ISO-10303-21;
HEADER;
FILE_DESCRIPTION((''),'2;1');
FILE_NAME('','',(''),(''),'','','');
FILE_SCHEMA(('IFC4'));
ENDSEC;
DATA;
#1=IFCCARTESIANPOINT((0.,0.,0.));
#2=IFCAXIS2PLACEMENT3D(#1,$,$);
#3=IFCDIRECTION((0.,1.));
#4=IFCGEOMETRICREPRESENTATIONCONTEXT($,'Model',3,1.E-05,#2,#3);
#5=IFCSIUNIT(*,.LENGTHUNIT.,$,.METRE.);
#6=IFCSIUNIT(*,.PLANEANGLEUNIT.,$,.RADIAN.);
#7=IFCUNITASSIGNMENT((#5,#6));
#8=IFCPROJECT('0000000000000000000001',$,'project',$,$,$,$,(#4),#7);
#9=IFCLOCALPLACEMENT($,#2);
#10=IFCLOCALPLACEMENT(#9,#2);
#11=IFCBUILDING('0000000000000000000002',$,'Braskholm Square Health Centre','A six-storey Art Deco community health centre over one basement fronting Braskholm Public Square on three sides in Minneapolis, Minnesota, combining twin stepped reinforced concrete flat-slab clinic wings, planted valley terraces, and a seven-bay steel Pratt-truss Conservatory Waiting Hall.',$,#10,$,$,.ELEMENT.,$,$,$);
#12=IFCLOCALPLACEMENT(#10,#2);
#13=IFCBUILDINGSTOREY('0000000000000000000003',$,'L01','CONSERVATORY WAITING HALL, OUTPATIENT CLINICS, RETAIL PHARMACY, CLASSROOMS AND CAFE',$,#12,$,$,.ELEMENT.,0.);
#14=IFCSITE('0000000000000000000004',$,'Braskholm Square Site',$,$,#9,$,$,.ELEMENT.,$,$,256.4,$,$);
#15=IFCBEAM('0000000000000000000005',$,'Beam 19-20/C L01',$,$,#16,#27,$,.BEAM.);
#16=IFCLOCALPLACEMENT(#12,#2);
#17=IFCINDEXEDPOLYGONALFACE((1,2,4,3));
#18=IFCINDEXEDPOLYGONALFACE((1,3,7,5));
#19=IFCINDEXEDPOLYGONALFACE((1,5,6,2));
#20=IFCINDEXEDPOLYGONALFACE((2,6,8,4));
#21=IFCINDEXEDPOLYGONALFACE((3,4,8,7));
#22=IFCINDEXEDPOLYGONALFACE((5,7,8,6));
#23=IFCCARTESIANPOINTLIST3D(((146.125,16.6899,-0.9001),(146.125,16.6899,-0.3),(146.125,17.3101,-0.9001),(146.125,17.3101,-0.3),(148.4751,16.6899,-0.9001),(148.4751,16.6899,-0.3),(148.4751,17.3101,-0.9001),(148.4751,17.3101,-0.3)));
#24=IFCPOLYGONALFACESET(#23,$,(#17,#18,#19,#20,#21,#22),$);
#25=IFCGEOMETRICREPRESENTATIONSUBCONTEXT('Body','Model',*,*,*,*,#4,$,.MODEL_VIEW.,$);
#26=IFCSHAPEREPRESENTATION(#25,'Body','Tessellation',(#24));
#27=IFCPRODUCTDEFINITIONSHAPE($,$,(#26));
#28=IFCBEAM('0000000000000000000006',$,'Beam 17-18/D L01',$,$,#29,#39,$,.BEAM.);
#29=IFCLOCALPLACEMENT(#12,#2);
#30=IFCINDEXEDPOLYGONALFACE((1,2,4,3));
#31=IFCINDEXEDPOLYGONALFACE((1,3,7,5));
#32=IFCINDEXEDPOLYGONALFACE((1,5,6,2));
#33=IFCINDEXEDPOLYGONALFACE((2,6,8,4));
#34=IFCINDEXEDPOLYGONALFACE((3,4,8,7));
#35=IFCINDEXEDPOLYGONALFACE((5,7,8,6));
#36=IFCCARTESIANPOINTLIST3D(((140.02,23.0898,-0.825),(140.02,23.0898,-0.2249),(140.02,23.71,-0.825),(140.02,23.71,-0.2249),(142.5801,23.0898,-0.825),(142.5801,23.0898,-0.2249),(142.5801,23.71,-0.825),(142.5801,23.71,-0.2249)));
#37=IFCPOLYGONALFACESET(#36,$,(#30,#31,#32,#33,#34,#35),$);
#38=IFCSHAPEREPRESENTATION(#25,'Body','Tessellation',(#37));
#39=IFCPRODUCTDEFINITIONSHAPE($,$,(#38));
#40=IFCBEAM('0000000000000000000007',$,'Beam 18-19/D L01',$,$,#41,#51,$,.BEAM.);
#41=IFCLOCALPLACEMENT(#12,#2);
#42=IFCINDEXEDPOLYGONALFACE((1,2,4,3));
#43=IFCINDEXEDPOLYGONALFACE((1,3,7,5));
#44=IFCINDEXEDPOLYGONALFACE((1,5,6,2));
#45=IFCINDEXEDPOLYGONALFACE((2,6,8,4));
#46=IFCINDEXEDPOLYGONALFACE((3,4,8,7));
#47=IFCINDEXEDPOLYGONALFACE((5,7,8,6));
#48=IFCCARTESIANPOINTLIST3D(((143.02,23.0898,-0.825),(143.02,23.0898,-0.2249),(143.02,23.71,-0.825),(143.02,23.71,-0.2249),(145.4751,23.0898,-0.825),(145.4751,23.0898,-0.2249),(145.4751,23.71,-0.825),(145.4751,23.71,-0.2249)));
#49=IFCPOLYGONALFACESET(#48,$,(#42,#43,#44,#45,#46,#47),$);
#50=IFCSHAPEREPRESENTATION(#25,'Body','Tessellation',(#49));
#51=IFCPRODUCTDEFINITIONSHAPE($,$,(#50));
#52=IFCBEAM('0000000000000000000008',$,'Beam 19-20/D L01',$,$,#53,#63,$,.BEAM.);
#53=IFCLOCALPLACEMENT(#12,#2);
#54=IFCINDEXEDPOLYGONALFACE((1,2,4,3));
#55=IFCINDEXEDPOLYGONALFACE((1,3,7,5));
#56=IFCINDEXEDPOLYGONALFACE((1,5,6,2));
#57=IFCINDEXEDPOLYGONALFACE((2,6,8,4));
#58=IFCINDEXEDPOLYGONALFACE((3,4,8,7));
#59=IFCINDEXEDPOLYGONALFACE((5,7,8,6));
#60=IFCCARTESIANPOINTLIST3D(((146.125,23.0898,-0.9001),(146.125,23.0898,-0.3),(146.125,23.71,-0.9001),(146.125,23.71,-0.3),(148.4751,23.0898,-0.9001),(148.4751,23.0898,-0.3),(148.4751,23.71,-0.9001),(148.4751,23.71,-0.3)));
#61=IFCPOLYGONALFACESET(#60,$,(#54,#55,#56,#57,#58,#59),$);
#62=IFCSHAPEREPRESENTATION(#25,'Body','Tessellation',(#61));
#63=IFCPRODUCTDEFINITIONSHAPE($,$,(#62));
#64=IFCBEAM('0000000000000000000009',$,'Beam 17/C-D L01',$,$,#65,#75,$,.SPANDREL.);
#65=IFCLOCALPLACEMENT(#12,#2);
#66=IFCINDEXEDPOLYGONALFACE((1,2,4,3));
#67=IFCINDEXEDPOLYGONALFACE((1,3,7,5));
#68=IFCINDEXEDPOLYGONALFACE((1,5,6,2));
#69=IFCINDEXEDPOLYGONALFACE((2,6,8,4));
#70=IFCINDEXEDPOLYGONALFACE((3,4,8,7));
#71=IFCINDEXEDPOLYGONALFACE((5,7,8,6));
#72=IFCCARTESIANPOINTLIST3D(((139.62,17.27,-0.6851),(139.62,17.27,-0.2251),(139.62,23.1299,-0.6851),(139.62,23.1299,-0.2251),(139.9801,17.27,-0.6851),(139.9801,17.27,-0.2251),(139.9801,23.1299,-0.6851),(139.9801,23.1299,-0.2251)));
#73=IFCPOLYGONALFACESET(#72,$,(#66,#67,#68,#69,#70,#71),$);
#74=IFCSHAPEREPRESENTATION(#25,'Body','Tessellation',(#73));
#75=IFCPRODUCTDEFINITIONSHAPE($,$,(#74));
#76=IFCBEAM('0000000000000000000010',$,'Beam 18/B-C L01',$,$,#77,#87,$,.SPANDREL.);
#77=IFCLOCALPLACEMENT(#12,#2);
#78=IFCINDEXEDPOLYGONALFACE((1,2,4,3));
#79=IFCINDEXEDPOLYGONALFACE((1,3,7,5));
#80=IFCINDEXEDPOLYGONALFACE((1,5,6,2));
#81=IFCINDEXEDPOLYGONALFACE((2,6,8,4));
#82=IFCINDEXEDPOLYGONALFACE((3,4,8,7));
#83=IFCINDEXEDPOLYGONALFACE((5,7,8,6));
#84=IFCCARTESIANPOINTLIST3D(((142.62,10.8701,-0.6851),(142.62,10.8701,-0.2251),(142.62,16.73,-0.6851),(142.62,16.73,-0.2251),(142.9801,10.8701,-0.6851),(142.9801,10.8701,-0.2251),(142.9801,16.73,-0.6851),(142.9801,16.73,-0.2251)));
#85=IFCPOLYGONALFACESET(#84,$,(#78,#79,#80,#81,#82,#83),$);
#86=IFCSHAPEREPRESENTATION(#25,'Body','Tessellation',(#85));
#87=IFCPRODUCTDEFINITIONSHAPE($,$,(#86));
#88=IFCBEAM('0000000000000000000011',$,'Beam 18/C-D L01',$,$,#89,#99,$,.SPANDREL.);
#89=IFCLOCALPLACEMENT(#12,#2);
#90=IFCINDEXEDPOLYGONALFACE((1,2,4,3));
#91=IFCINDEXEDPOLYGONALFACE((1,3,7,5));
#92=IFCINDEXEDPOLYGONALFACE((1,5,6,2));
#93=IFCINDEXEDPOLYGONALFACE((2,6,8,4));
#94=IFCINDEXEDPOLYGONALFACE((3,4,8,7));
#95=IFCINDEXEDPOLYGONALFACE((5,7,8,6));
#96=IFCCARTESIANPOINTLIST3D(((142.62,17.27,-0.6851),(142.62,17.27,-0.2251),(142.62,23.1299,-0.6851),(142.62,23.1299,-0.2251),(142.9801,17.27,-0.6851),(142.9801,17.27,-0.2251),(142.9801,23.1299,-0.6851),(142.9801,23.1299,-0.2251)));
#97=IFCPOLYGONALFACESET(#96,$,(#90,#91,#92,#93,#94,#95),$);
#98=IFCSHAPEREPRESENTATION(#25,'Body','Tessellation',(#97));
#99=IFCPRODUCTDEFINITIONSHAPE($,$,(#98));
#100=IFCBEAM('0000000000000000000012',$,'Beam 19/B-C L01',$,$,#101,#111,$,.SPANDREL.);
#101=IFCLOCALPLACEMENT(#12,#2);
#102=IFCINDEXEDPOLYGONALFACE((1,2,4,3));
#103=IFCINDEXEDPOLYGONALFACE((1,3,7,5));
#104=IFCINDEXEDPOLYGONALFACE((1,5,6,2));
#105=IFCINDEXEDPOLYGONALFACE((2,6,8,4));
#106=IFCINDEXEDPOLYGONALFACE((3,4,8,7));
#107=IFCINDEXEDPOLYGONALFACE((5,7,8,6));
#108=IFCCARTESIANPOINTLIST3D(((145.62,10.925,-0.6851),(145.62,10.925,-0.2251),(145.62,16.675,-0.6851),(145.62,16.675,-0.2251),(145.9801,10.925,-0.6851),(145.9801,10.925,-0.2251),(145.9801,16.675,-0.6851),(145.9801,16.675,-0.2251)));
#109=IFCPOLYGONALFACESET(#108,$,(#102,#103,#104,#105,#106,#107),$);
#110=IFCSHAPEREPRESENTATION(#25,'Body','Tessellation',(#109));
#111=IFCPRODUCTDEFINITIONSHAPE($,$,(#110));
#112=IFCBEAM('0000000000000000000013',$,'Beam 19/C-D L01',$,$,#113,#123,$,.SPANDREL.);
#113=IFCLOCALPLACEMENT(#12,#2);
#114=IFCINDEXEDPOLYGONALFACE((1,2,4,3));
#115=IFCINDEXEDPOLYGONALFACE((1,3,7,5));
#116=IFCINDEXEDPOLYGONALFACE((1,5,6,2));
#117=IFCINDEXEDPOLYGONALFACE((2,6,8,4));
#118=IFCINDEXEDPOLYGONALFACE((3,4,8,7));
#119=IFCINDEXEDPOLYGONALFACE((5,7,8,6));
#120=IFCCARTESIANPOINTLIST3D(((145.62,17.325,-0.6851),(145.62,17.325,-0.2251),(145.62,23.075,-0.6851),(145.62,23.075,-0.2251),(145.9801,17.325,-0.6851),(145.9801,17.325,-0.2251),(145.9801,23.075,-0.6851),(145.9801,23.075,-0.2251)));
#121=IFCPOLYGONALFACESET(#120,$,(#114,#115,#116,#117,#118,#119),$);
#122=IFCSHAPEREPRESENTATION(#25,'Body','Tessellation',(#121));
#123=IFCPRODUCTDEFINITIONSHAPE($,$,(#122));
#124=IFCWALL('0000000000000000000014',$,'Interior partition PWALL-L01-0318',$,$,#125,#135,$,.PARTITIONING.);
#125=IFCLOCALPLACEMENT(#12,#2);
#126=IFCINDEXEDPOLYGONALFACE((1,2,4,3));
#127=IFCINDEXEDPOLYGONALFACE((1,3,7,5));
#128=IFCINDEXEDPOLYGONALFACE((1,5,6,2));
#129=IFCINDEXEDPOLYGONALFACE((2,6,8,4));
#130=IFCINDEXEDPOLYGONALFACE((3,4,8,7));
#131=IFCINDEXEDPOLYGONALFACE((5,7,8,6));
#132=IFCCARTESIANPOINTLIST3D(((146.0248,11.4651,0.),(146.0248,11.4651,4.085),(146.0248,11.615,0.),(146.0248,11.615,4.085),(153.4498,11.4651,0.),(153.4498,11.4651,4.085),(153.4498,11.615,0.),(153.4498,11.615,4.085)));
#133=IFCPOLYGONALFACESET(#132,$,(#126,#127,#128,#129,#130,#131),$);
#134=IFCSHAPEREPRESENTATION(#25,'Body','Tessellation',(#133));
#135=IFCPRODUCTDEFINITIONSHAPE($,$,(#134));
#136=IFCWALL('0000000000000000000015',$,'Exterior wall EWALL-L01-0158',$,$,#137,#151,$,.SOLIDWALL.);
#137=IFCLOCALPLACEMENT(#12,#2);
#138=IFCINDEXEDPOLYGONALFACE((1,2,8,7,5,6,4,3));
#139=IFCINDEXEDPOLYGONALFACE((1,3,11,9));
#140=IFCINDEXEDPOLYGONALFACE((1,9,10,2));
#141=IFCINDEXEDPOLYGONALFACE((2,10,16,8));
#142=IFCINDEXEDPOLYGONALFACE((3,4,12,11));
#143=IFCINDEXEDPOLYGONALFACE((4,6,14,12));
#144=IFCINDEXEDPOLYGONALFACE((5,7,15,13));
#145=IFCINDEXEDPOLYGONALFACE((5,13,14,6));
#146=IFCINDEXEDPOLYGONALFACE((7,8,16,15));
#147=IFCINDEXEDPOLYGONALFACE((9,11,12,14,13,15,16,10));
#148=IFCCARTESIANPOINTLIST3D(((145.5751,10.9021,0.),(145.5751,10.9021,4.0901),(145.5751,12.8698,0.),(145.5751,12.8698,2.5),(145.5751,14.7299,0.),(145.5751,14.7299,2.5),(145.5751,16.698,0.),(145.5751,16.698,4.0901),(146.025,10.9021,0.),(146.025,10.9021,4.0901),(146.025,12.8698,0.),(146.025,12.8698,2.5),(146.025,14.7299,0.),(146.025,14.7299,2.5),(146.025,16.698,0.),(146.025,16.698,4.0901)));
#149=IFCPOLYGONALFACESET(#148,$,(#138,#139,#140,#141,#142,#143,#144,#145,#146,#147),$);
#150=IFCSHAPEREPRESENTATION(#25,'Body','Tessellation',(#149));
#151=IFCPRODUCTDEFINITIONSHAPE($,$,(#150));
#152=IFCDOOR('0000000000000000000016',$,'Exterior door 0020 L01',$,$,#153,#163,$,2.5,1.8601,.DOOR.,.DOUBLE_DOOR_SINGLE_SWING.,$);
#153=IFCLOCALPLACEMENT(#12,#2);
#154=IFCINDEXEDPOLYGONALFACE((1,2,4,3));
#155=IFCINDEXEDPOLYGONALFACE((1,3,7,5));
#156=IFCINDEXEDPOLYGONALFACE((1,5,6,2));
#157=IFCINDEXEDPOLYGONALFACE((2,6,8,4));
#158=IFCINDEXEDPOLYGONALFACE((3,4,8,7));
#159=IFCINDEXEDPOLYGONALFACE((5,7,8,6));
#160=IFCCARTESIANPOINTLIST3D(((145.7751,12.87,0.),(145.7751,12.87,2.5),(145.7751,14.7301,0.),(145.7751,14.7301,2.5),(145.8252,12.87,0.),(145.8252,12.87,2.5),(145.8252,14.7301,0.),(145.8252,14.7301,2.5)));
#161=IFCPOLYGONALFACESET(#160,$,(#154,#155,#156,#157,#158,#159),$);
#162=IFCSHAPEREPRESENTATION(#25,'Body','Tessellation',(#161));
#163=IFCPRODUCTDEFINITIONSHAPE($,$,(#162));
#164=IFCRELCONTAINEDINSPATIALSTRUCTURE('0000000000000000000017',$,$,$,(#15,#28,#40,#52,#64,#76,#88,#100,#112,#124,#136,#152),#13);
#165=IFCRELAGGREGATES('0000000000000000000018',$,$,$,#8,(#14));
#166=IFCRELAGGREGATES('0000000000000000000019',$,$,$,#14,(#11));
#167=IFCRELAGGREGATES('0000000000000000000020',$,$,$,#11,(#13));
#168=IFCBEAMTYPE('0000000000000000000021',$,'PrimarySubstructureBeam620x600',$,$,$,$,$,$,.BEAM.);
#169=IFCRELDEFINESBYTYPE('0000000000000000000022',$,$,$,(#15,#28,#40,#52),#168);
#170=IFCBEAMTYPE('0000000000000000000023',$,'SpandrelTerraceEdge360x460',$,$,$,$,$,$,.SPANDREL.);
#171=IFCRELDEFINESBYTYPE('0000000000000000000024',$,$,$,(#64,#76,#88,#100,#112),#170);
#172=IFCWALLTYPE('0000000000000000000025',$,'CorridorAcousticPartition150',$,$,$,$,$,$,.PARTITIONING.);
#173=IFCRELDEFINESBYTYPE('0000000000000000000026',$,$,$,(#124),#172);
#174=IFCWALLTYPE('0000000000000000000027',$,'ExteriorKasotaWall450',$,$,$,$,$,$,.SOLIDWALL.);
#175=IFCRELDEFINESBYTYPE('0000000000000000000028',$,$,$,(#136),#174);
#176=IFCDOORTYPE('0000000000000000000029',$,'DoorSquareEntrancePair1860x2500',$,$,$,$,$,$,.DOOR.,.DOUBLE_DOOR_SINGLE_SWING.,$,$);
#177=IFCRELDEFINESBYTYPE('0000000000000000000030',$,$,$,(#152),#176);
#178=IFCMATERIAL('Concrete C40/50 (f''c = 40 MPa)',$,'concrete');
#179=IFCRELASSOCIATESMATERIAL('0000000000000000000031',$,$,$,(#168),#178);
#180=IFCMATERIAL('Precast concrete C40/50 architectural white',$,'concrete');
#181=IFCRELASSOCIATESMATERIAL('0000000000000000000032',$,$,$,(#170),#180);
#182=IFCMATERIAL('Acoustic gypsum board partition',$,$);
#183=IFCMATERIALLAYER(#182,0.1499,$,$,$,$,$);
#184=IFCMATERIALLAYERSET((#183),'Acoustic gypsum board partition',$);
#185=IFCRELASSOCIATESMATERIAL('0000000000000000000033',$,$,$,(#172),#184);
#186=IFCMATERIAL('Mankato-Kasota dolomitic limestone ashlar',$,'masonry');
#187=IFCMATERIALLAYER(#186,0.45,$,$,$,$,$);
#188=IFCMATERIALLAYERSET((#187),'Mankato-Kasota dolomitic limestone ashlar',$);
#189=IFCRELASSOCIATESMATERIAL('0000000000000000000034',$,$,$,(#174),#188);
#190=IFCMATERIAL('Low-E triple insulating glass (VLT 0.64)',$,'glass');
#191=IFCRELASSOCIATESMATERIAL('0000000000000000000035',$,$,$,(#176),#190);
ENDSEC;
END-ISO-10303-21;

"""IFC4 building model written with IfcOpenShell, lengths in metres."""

from ifc_helpers import new_model, si_unit, direction, frame, frame_2d, origin, origin_2d, place, context, subcontext, project, spatial, rectangle, extrude, material, layer, layer_set, material_profile, profile_set, type_object, element, fill, save


model = new_model("IFC4")

# Units and contexts
model_context = context("Model", 3, precision=1e-05, world=origin(), true_north=direction((0.0, 1.0)))
body_context = subcontext(model_context, "Body", "Model", "MODEL_VIEW")
ifc_project = project(units=[si_unit("LENGTHUNIT", "METRE"), si_unit("PLANEANGLEUNIT", "RADIAN")], contexts=[model_context])

# Site, building, storey
site_placement = place(None, origin())
site = spatial("IfcSite", under=ifc_project, at=site_placement, Name="Braskholm Square Site", CompositionType="ELEMENT", RefElevation=256.4)
building_placement = place(site_placement, origin())
building = spatial("IfcBuilding", under=site, at=building_placement, Name="Braskholm Square Health Centre", Description="A six-storey Art Deco community health centre over one basement fronting Braskholm Public Square on three sides in Minneapolis, Minnesota, combining twin stepped reinforced concrete flat-slab clinic wings, planted valley terraces, and a seven-bay steel Pratt-truss Conservatory Waiting Hall.", CompositionType="ELEMENT")
storey_placement = place(building_placement, origin())
storey = spatial("IfcBuildingStorey", under=building, at=storey_placement, Name="L01", Description="CONSERVATORY WAITING HALL, OUTPATIENT CLINICS, RETAIL PHARMACY, CLASSROOMS AND CAFE", CompositionType="ELEMENT", Elevation=0.0)

# Shared definitions
ifc_material_1 = material(Name="Concrete C40/50 (f'c = 40 MPa)", Category="concrete")
ifc_material_2 = material(Name="Precast concrete C40/50 architectural white", Category="concrete")

# Beams
ifc_material_profile_1 = material_profile(ifc_material_1, rectangle(XDim=0.6201, YDim=0.6001, at=origin_2d()), Name="RCB-620X600")
ifc_profile_set_1 = profile_set([ifc_material_profile_1], Name="Concrete C40/50 (f'c = 40 MPa)")
beam_type_1 = type_object("IfcBeamType", Name="PrimarySubstructureBeam620x600", PredefinedType="BEAM", material=ifc_profile_set_1)
beam_1_placement = place(storey_placement, frame((146.125, 17.0, -0.6001), z_axis=(1.0, 0.0, 0.0), x_axis=(0.0, 1.0, 0.0)))
element("IfcBeam", 1, at=beam_1_placement, inside=storey, type_object=beam_type_1, Name="Beam 19-20/C L01", PredefinedType="BEAM", context=body_context, shape_type="SweptSolid", body=[
    extrude(rectangle(XDim=0.6201, YDim=0.6001, at=origin_2d()), origin(), (0.0, 0.0, 1.0), 2.3501),
])
beam_2_placement = place(storey_placement, frame((140.02, 23.3999, -0.5249), z_axis=(1.0, 0.0, 0.0), x_axis=(0.0, 1.0, 0.0)))
element("IfcBeam", 2, at=beam_2_placement, inside=storey, type_object=beam_type_1, Name="Beam 17-18/D L01", PredefinedType="BEAM", context=body_context, shape_type="SweptSolid", body=[
    extrude(rectangle(XDim=0.6201, YDim=0.6001, at=origin_2d()), origin(), (0.0, 0.0, 1.0), 2.5601),
])
beam_3_placement = place(storey_placement, frame((143.02, 23.3999, -0.5249), z_axis=(1.0, 0.0, 0.0), x_axis=(0.0, 1.0, 0.0)))
element("IfcBeam", 3, at=beam_3_placement, inside=storey, type_object=beam_type_1, Name="Beam 18-19/D L01", PredefinedType="BEAM", context=body_context, shape_type="SweptSolid", body=[
    extrude(rectangle(XDim=0.6201, YDim=0.6001, at=origin_2d()), origin(), (0.0, 0.0, 1.0), 2.4551),
])
beam_4_placement = place(storey_placement, frame((146.125, 23.3999, -0.6001), z_axis=(1.0, 0.0, 0.0), x_axis=(0.0, 1.0, 0.0)))
element("IfcBeam", 4, at=beam_4_placement, inside=storey, type_object=beam_type_1, Name="Beam 19-20/D L01", PredefinedType="BEAM", context=body_context, shape_type="SweptSolid", body=[
    extrude(rectangle(XDim=0.6201, YDim=0.6001, at=origin_2d()), origin(), (0.0, 0.0, 1.0), 2.3501),
])
ifc_material_profile_2 = material_profile(ifc_material_2, rectangle(XDim=0.3601, YDim=0.46, at=origin_2d()), Name="RCB-360X460")
ifc_profile_set_2 = profile_set([ifc_material_profile_2], Name="Precast concrete C40/50 architectural white")
beam_type_2 = type_object("IfcBeamType", Name="SpandrelTerraceEdge360x460", PredefinedType="SPANDREL", material=ifc_profile_set_2)
for number, where, z_axis, x_axis, name in (
    (5, (139.8, 17.27, -0.4551), (0.0, 1.0, 0.0), (-1.0, 0.0, 0.0), "Beam 17/C-D L01"),
    (6, (142.8, 10.8701, -0.4551), (0.0, 1.0, 0.0), (-1.0, 0.0, 0.0), "Beam 18/B-C L01"),
    (7, (142.8, 17.27, -0.4551), (0.0, 1.0, 0.0), (-1.0, 0.0, 0.0), "Beam 18/C-D L01"),
):
    element("IfcBeam", number, at=place(storey_placement, frame(where, z_axis=z_axis, x_axis=x_axis)), inside=storey, type_object=beam_type_2, Name=name, PredefinedType="SPANDREL", context=body_context, shape_type="SweptSolid", body=[
        extrude(rectangle(XDim=0.3601, YDim=0.46, at=origin_2d()), origin(), (0.0, 0.0, 1.0), 5.8599),
    ])
for number, where, z_axis, x_axis, name in (
    (8, (145.8, 10.925, -0.4551), (0.0, 1.0, 0.0), (-1.0, 0.0, 0.0), "Beam 19/B-C L01"),
    (9, (145.8, 17.325, -0.4551), (0.0, 1.0, 0.0), (-1.0, 0.0, 0.0), "Beam 19/C-D L01"),
):
    element("IfcBeam", number, at=place(storey_placement, frame(where, z_axis=z_axis, x_axis=x_axis)), inside=storey, type_object=beam_type_2, Name=name, PredefinedType="SPANDREL", context=body_context, shape_type="SweptSolid", body=[
        extrude(rectangle(XDim=0.3601, YDim=0.46, at=origin_2d()), origin(), (0.0, 0.0, 1.0), 5.75),
    ])

# Wall
ifc_material_3 = material(Name="Acoustic gypsum board partition")
ifc_layer_1 = layer(ifc_material_3, 0.1499)
ifc_layer_set_1 = layer_set([ifc_layer_1], Name="Acoustic gypsum board partition")
wall_type_1 = type_object("IfcWallType", Name="CorridorAcousticPartition150", PredefinedType="PARTITIONING", material=ifc_layer_set_1)
wall_1_placement = place(storey_placement, frame((146.0249, 11.54, 0.0), z_axis=(0.0, 0.0, 1.0), x_axis=(1.0, 0.0, 0.0)))
element("IfcWall", 10, at=wall_1_placement, inside=storey, type_object=wall_type_1, Name="Interior partition PWALL-L01-0318", PredefinedType="PARTITIONING", context=body_context, shape_type="SweptSolid", body=[
    extrude(rectangle(XDim=7.425, YDim=0.1499, at=frame_2d((3.7124, 0.0))), origin(), (0.0, 0.0, 1.0), 4.085),
])

# Wall, opening, door
ifc_material_4 = material(Name="Mankato-Kasota dolomitic limestone ashlar", Category="masonry")
ifc_layer_2 = layer(ifc_material_4, 0.45)
ifc_layer_set_2 = layer_set([ifc_layer_2], Name="Mankato-Kasota dolomitic limestone ashlar")
wall_type_2 = type_object("IfcWallType", Name="ExteriorKasotaWall450", PredefinedType="SOLIDWALL", material=ifc_layer_set_2)
wall_2_placement = place(storey_placement, frame((145.8, 16.698, 0.0), z_axis=(0.0, 0.0, 1.0), x_axis=(0.0, -1.0, 0.0)))
wall_2 = element("IfcWall", 11, at=wall_2_placement, inside=storey, type_object=wall_type_2, Name="Exterior wall EWALL-L01-0158", PredefinedType="SOLIDWALL", context=body_context, shape_type="SweptSolid", body=[
    extrude(rectangle(XDim=5.7959, YDim=0.45, at=frame_2d((2.8979, 0.0))), origin(), (0.0, 0.0, 1.0), 4.0901),
])
opening_1_placement = place(wall_2_placement, frame((1.968, 0.0, 0.0)))
opening_1 = element("IfcOpeningElement", 12, at=opening_1_placement, cuts=wall_2, PredefinedType="OPENING", context=body_context, shape_type="SweptSolid", body=[
    extrude(rectangle(XDim=1.8601, YDim=2.5, at=frame_2d((0.9302, 1.25))), frame((0.0, 0.2349, 0.0), z_axis=(0.0, -1.0, 0.0), x_axis=(1.0, 0.0, 0.0)), (0.0, 0.0, 1.0), 0.47),
])
ifc_material_5 = material(Name="Low-E triple insulating glass (VLT 0.64)", Category="glass")
door_type = type_object("IfcDoorType", Name="DoorSquareEntrancePair1860x2500", OperationType="DOUBLE_DOOR_SINGLE_SWING", PredefinedType="DOOR", material=ifc_material_5)
door_placement = place(opening_1_placement, frame((1.8601, 0.0, 0.0), z_axis=(0.0, 0.0, 1.0), x_axis=(-1.0, 0.0, 0.0)))
door = element("IfcDoor", 13, at=door_placement, inside=storey, type_object=door_type, Name="Exterior door 0020 L01", OperationType="DOUBLE_DOOR_SINGLE_SWING", OverallHeight=2.5, OverallWidth=1.8601, PredefinedType="DOOR", context=body_context, shape_type="SweptSolid", body=[
    extrude(rectangle(XDim=1.8601, YDim=2.5, at=frame_2d((0.9302, 1.25))), frame((0.0, 0.0249, 0.0), z_axis=(0.0, -1.0, 0.0), x_axis=(1.0, 0.0, 0.0)), (0.0, 0.0, 1.0), 0.05),
])
fill(opening_1, door)

save(model, "model.ifc")
